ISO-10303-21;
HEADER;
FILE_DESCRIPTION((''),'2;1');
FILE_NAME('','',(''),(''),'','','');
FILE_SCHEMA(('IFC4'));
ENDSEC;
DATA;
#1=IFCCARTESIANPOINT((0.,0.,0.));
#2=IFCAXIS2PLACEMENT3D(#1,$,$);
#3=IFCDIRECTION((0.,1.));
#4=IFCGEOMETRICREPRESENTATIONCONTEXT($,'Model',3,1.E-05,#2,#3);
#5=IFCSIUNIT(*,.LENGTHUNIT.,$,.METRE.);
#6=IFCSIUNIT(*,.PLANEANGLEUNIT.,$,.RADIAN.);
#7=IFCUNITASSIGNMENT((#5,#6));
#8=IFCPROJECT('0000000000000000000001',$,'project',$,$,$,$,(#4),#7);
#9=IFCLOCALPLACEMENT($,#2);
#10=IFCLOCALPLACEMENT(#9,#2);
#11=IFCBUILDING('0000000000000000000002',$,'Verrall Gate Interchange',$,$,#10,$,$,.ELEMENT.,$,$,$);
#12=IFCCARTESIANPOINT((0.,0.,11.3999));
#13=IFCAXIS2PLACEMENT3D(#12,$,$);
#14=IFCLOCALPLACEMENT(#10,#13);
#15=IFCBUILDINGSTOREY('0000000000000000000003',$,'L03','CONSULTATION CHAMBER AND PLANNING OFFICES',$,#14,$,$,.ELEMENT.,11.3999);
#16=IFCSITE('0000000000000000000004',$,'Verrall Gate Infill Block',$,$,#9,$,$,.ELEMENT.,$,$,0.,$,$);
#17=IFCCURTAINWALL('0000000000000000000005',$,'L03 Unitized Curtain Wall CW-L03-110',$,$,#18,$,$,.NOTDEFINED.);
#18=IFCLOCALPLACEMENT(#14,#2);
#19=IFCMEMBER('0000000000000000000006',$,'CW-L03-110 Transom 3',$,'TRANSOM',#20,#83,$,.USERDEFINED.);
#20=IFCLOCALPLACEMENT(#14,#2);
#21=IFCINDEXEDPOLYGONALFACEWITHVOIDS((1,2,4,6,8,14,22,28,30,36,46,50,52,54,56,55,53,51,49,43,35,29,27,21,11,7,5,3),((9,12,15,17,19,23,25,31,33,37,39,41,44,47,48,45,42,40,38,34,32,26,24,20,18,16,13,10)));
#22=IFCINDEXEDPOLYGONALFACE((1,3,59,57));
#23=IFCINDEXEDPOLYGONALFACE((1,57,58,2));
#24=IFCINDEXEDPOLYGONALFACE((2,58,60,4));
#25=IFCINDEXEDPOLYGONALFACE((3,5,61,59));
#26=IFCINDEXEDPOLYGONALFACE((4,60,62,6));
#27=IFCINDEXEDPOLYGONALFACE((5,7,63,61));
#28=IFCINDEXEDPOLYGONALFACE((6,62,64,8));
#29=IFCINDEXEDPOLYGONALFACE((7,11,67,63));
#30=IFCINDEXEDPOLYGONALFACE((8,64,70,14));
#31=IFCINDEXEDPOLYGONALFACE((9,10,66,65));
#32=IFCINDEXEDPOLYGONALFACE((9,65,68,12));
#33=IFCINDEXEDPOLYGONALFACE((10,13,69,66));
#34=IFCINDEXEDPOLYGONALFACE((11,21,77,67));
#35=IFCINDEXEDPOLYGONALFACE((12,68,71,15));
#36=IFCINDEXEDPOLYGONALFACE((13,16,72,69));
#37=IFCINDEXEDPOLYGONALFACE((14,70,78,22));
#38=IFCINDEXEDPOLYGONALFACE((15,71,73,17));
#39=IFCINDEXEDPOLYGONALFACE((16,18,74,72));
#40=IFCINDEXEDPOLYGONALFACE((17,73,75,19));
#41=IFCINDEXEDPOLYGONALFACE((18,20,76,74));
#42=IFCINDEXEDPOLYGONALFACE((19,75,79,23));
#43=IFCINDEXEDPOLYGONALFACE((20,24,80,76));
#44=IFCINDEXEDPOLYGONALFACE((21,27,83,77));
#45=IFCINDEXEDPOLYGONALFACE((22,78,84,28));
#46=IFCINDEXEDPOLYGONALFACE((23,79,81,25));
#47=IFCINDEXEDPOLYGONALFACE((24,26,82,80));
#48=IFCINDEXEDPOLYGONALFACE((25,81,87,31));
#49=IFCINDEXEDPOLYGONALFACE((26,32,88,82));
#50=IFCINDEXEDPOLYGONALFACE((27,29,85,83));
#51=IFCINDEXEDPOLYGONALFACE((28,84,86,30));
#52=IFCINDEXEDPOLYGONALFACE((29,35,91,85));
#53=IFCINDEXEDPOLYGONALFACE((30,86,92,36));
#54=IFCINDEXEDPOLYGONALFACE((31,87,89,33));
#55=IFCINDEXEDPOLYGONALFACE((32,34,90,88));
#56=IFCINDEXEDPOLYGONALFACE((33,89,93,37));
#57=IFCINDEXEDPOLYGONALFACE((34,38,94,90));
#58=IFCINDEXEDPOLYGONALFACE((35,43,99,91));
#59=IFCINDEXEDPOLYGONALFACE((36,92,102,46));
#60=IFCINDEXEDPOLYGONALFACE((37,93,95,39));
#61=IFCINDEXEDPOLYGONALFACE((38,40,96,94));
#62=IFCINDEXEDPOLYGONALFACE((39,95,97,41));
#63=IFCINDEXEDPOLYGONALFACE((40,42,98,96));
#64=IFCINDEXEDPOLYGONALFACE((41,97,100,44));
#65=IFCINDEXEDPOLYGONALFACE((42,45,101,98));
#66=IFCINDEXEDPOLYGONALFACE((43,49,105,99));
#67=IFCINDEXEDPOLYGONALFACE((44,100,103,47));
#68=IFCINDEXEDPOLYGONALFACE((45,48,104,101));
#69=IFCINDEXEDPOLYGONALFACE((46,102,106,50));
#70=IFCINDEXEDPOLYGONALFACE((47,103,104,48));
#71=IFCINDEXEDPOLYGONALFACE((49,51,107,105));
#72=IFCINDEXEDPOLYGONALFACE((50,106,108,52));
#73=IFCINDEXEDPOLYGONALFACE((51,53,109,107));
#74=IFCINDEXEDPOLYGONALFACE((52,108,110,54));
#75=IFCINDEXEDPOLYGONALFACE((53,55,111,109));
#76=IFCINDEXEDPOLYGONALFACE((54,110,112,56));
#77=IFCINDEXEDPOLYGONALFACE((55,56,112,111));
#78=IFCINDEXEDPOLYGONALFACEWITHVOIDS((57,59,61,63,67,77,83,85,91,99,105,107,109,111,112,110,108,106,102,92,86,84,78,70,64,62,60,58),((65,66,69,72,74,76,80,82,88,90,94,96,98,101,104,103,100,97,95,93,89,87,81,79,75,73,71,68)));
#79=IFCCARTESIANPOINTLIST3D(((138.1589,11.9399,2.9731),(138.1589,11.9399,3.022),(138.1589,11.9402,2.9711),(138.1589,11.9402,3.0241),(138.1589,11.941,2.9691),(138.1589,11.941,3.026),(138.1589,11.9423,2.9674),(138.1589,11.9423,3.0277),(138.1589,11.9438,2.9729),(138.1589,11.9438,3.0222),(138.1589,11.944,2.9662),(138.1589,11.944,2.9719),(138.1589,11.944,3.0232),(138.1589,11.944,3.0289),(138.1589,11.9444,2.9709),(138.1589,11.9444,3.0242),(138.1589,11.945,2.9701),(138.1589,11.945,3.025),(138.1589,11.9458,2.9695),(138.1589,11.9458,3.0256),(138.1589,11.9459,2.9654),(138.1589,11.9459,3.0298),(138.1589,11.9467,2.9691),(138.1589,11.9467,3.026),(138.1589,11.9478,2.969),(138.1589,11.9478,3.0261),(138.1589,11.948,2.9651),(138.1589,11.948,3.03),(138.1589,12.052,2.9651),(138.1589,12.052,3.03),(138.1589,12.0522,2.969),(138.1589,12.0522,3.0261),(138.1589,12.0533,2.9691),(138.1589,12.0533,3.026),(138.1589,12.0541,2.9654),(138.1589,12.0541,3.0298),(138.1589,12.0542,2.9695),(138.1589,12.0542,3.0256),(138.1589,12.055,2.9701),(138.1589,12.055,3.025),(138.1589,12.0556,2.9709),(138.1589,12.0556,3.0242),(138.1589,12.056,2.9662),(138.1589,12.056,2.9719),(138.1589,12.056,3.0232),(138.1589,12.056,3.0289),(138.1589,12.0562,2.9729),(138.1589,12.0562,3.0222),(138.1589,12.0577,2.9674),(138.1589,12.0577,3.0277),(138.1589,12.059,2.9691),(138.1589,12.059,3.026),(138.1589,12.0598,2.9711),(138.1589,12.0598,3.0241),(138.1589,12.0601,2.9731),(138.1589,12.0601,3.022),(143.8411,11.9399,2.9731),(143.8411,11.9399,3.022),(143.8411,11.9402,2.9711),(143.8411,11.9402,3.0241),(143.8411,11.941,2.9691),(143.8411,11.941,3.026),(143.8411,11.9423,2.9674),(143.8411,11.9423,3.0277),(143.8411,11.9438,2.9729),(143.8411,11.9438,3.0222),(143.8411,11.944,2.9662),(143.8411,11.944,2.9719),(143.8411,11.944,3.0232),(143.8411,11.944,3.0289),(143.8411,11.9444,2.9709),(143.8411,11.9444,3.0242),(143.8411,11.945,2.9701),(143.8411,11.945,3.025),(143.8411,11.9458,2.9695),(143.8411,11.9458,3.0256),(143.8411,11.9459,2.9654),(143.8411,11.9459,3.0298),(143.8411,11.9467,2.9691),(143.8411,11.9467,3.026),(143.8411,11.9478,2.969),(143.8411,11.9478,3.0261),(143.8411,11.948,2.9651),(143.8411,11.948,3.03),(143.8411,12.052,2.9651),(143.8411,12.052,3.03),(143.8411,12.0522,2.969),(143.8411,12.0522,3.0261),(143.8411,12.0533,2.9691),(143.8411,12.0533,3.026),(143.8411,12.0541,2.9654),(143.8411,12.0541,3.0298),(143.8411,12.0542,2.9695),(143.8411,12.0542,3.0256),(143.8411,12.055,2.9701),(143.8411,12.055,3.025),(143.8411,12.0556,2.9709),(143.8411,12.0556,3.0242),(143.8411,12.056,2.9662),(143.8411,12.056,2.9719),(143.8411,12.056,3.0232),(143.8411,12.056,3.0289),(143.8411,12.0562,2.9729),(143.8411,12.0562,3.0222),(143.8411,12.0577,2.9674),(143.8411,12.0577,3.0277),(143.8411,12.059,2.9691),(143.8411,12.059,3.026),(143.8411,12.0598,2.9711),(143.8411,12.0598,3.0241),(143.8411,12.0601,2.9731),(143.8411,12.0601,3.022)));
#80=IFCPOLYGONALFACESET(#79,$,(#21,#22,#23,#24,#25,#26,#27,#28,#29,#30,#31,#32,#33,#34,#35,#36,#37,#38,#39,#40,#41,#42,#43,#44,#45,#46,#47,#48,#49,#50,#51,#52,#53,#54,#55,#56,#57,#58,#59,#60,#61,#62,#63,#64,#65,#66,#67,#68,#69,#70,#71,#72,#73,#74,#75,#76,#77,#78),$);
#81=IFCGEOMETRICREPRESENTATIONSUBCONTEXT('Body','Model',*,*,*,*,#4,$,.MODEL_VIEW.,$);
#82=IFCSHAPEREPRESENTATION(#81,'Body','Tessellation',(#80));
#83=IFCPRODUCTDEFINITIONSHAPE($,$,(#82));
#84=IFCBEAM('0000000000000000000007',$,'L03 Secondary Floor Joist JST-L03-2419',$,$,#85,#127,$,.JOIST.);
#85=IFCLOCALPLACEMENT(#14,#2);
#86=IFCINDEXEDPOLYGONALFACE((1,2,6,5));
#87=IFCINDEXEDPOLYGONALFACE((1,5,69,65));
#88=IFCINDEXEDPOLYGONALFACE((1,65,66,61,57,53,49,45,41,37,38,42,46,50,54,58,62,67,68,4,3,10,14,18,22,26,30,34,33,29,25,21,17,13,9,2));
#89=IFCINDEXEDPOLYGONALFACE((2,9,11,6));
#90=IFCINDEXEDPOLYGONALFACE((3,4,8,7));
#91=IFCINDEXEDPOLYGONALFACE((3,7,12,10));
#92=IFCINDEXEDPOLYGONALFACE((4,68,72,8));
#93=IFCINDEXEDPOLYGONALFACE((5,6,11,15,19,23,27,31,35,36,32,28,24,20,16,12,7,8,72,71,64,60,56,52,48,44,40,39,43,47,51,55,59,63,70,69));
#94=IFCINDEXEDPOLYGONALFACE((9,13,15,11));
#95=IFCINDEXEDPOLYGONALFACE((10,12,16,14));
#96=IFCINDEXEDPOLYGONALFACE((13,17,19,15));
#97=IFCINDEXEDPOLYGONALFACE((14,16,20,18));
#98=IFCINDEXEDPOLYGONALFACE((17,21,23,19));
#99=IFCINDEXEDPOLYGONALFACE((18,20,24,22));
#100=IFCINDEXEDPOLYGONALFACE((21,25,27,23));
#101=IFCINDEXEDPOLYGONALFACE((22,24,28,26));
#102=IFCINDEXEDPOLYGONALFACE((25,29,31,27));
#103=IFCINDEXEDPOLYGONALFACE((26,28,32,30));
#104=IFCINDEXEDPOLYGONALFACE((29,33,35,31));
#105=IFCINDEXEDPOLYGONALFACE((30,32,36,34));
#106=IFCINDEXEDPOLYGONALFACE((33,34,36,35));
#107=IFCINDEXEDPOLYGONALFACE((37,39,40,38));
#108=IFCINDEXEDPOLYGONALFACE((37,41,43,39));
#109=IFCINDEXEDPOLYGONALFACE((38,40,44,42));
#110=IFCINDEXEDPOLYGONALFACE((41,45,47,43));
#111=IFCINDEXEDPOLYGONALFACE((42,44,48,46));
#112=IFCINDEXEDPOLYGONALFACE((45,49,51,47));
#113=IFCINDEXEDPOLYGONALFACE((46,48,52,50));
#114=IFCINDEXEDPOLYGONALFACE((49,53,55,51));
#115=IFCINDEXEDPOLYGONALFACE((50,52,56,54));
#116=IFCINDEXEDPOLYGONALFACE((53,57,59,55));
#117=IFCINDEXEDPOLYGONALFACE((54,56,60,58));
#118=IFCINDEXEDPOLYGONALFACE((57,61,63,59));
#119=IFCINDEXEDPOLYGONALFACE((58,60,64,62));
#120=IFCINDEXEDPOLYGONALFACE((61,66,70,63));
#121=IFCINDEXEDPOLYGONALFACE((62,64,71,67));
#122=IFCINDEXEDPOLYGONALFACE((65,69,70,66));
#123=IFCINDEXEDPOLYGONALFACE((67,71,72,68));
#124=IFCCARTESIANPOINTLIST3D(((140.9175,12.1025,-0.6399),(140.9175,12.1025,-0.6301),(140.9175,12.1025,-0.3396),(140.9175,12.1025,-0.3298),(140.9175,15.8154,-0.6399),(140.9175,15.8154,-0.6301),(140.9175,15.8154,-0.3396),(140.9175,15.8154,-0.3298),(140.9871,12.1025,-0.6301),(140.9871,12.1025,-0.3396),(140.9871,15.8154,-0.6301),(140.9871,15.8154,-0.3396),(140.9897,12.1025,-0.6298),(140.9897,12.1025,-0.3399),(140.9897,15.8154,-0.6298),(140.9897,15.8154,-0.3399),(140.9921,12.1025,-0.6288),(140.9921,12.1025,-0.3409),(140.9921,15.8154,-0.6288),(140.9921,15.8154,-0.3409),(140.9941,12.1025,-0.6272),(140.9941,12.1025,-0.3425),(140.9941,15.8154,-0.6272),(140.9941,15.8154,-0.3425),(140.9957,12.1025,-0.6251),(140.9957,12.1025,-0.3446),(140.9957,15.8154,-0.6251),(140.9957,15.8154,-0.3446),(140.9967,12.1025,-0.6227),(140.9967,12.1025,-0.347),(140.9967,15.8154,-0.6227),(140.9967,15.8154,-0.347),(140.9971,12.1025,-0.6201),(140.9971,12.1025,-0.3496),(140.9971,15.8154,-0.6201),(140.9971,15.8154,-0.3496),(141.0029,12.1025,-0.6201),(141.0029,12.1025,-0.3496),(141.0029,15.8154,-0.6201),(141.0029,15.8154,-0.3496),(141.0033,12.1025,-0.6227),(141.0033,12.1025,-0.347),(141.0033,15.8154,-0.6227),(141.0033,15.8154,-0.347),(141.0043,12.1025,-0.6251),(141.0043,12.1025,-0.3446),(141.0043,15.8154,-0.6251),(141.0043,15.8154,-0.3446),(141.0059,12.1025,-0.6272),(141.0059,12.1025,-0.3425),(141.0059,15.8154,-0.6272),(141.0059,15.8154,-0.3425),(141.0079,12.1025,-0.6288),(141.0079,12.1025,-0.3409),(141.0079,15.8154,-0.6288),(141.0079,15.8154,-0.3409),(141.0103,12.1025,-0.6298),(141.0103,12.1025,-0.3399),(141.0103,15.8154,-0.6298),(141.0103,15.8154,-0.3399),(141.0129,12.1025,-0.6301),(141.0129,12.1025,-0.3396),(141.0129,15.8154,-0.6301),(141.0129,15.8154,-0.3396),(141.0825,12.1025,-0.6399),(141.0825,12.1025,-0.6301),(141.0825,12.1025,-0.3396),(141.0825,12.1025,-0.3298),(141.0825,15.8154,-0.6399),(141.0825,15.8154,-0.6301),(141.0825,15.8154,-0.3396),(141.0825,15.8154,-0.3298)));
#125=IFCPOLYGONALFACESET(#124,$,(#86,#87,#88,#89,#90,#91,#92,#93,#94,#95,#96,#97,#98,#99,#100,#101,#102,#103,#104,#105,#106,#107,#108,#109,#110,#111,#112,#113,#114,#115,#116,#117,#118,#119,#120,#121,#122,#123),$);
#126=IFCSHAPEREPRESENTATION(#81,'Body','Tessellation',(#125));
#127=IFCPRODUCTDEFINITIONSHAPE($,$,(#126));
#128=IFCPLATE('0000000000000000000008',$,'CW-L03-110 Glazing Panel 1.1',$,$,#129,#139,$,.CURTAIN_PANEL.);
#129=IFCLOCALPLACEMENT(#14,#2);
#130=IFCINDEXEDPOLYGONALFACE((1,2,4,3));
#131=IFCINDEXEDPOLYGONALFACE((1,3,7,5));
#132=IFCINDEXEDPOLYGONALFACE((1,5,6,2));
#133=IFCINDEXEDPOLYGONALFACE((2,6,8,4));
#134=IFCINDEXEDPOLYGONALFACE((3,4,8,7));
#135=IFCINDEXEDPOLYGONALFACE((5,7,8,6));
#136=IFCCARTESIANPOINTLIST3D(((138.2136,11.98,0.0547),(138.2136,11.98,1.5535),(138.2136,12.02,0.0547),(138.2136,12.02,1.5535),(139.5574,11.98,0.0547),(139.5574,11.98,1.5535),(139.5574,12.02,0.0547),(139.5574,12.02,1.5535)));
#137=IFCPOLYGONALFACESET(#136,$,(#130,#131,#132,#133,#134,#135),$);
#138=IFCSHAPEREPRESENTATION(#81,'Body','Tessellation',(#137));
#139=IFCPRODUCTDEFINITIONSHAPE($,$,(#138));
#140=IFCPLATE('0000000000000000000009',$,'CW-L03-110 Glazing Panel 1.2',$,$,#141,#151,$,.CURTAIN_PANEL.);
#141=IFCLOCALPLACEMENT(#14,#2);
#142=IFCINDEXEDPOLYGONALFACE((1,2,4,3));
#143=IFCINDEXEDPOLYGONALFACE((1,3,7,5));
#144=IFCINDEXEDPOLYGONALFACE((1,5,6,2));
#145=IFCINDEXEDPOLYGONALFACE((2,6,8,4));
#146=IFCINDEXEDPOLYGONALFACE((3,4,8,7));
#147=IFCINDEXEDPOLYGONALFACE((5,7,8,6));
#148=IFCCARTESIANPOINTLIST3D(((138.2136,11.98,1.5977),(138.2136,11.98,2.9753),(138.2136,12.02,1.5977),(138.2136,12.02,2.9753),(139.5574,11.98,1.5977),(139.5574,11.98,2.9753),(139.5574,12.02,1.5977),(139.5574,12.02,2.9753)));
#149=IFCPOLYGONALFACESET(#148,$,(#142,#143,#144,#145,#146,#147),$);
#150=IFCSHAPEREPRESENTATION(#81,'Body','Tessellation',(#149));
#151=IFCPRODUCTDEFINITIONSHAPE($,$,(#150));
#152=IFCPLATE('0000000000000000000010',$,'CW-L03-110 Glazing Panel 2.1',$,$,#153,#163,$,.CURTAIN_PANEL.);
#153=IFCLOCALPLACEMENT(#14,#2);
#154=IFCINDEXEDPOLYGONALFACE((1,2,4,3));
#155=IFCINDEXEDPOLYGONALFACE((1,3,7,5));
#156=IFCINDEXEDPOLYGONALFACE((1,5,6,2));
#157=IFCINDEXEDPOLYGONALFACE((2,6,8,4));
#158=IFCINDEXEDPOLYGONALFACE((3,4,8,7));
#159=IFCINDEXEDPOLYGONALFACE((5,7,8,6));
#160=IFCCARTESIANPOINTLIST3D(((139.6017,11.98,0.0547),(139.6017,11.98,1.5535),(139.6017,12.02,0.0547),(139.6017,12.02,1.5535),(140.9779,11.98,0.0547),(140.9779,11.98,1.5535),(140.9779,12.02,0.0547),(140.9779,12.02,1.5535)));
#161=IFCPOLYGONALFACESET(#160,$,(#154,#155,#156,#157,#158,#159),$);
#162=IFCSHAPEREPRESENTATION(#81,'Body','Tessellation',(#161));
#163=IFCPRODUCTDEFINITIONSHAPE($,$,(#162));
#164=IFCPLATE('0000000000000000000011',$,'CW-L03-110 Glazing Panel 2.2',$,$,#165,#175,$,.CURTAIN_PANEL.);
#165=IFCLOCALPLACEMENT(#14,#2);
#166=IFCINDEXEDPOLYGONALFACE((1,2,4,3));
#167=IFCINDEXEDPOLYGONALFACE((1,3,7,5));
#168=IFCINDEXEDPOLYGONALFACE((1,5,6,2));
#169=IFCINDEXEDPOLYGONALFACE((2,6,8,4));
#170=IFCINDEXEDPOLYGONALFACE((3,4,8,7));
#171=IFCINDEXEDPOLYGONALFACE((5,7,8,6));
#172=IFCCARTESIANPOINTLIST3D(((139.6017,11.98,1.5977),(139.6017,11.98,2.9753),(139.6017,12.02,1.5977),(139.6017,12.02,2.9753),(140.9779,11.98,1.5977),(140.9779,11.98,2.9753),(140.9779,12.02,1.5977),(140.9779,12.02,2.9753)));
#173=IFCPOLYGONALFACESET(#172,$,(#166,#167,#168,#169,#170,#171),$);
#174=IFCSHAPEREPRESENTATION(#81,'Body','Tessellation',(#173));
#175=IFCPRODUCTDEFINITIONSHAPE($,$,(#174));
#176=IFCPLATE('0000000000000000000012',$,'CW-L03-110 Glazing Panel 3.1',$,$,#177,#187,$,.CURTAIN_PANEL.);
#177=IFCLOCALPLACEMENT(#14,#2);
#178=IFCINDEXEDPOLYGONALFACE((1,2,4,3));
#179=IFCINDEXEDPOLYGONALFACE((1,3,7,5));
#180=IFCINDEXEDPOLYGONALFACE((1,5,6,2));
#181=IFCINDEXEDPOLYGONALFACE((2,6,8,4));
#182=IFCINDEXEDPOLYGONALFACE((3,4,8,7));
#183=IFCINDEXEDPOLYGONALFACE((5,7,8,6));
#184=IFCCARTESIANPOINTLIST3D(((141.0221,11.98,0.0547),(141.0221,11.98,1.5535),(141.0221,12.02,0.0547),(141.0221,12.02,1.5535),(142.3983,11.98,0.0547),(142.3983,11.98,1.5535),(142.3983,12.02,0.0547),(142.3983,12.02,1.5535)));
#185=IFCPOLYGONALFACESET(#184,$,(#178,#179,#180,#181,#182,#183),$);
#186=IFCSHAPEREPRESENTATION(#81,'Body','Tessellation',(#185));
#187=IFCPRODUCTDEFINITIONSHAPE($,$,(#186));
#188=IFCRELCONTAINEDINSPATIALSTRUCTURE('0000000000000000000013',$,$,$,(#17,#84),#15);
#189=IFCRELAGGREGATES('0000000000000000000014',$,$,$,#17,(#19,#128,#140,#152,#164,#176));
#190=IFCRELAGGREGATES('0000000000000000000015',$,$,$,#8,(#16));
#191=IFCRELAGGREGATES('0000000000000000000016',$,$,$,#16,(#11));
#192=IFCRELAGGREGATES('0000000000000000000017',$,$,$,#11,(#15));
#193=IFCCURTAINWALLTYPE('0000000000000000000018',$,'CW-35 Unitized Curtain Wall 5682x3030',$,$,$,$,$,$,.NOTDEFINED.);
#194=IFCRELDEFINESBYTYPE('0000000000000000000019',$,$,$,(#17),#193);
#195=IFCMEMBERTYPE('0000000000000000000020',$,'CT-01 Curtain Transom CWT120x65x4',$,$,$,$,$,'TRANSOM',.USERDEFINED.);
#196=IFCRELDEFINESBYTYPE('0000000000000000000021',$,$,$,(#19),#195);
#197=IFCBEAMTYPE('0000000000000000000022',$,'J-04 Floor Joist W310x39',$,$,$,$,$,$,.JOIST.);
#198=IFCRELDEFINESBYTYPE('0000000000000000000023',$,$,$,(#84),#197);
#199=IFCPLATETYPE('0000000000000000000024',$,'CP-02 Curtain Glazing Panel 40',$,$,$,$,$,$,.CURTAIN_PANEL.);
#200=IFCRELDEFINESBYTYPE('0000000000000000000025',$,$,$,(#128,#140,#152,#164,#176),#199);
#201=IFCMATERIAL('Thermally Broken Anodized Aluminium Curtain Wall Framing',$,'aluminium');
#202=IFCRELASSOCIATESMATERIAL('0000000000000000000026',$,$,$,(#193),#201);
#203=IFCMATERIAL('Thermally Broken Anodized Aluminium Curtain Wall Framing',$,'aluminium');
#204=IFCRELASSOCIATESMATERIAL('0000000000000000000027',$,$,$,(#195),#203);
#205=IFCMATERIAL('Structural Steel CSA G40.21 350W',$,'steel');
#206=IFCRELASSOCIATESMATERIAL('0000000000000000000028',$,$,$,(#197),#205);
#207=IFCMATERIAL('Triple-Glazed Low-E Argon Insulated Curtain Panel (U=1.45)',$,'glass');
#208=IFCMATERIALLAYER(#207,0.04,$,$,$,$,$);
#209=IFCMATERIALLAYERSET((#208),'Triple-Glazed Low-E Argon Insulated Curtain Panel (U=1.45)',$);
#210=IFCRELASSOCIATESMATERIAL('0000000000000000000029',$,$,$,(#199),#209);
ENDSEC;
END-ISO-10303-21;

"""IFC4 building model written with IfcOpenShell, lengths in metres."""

from ifc_helpers import new_model, si_unit, direction, frame, origin, origin_2d, place, context, subcontext, project, spatial, rectangle, hollow_rectangle, i_section, extrude, material, layer, layer_set, material_profile, profile_set, type_object, element, aggregate, save


model = new_model("IFC4")

# Units and contexts
model_context = context("Model", 3, precision=1e-05, world=origin(), true_north=direction((0.0, 1.0)))
body_context = subcontext(model_context, "Body", "Model", "MODEL_VIEW")
ifc_project = project(units=[si_unit("LENGTHUNIT", "METRE"), si_unit("PLANEANGLEUNIT", "RADIAN")], contexts=[model_context])

# Site, building, storey
site_placement = place(None, origin())
site = spatial("IfcSite", under=ifc_project, at=site_placement, Name="Verrall Gate Infill Block", CompositionType="ELEMENT", RefElevation=0.0)
building_placement = place(site_placement, origin())
building = spatial("IfcBuilding", under=site, at=building_placement, Name="Verrall Gate Interchange", CompositionType="ELEMENT")
storey_placement = place(building_placement, frame((0.0, 0.0, 11.3999)))
storey = spatial("IfcBuildingStorey", under=building, at=storey_placement, Name="L03", Description="CONSULTATION CHAMBER AND PLANNING OFFICES", CompositionType="ELEMENT", Elevation=11.3999)

# Curtain wall, member
ifc_material_1 = material(Name="Thermally Broken Anodized Aluminium Curtain Wall Framing", Category="aluminium")
curtain_wall_type = type_object("IfcCurtainWallType", Name="CW-35 Unitized Curtain Wall 5682x3030", PredefinedType="NOTDEFINED", material=ifc_material_1)
curtain_wall_placement = place(storey_placement, origin())
curtain_wall = element("IfcCurtainWall", 1, at=curtain_wall_placement, inside=storey, type_object=curtain_wall_type, Name="L03 Unitized Curtain Wall CW-L03-110", PredefinedType="NOTDEFINED")
ifc_material_2 = material(Name="Thermally Broken Anodized Aluminium Curtain Wall Framing", Category="aluminium")
ifc_material_profile_1 = material_profile(ifc_material_2, hollow_rectangle(XDim=0.1201, YDim=0.0649, WallThickness=0.0039, InnerFilletRadius=0.0039, OuterFilletRadius=0.0081, at=origin_2d()), Name="CWT120x65x4")
ifc_profile_set_1 = profile_set([ifc_material_profile_1], Name="Thermally Broken Anodized Aluminium Curtain Wall Framing")
member_type_1 = type_object("IfcMemberType", Name="CT-01 Curtain Transom CWT120x65x4", ElementType="TRANSOM", PredefinedType="USERDEFINED", material=ifc_profile_set_1)
member_1_placement = place(storey_placement, frame((138.1589, 12.0, 2.9976), z_axis=(1.0, 0.0, 0.0), x_axis=(0.0, 1.0, 0.0)))
member_1 = element("IfcMember", 2, at=member_1_placement, type_object=member_type_1, Name="CW-L03-110 Transom 3", ObjectType="TRANSOM", PredefinedType="USERDEFINED", context=body_context, shape_type="SweptSolid", body=[
    extrude(hollow_rectangle(XDim=0.1201, YDim=0.0649, WallThickness=0.0039, InnerFilletRadius=0.0039, OuterFilletRadius=0.0081, at=origin_2d()), origin(), (0.0, 0.0, 1.0), 5.6821),
])

# Beam
ifc_material_3 = material(Name="Structural Steel CSA G40.21 350W", Category="steel")
ifc_material_profile_2 = material_profile(ifc_material_3, i_section(OverallWidth=0.165, OverallDepth=0.3101, WebThickness=0.0059, FlangeThickness=0.0098, FilletRadius=0.01, at=origin_2d()), Name="W310x39")
ifc_profile_set_2 = profile_set([ifc_material_profile_2], Name="Structural Steel CSA G40.21 350W")
beam_type_1 = type_object("IfcBeamType", Name="J-04 Floor Joist W310x39", PredefinedType="JOIST", material=ifc_profile_set_2)
beam_1_placement = place(storey_placement, frame((141.0, 12.1025, -0.4849), z_axis=(0.0, 1.0, 0.0), x_axis=(-1.0, 0.0, 0.0)))
element("IfcBeam", 3, at=beam_1_placement, inside=storey, type_object=beam_type_1, Name="L03 Secondary Floor Joist JST-L03-2419", PredefinedType="JOIST", context=body_context, shape_type="SweptSolid", body=[
    extrude(i_section(OverallWidth=0.165, OverallDepth=0.3101, WebThickness=0.0059, FlangeThickness=0.0098, FilletRadius=0.01, at=origin_2d()), origin(), (0.0, 0.0, 1.0), 3.7129),
])

# Plates
ifc_material_4 = material(Name="Triple-Glazed Low-E Argon Insulated Curtain Panel (U=1.45)", Category="glass")
ifc_layer_1 = layer(ifc_material_4, 0.04)
ifc_layer_set_1 = layer_set([ifc_layer_1], Name="Triple-Glazed Low-E Argon Insulated Curtain Panel (U=1.45)")
plate_type = type_object("IfcPlateType", Name="CP-02 Curtain Glazing Panel 40", PredefinedType="CURTAIN_PANEL", material=ifc_layer_set_1)
plate_1_placement = place(storey_placement, frame((138.8855, 12.0, 0.0547), z_axis=(0.0, 0.0, 1.0), x_axis=(1.0, 0.0, 0.0)))
plate_1 = element("IfcPlate", 4, at=plate_1_placement, type_object=plate_type, Name="CW-L03-110 Glazing Panel 1.1", PredefinedType="CURTAIN_PANEL", context=body_context, shape_type="SweptSolid", body=[
    extrude(rectangle(XDim=1.3438, YDim=0.04, at=origin_2d()), origin(), (0.0, 0.0, 1.0), 1.4988),
])
plate_2_placement = place(storey_placement, frame((138.8855, 12.0, 1.5977), z_axis=(0.0, 0.0, 1.0), x_axis=(1.0, 0.0, 0.0)))
plate_2 = element("IfcPlate", 5, at=plate_2_placement, type_object=plate_type, Name="CW-L03-110 Glazing Panel 1.2", PredefinedType="CURTAIN_PANEL", context=body_context, shape_type="SweptSolid", body=[
    extrude(rectangle(XDim=1.3438, YDim=0.04, at=origin_2d()), origin(), (0.0, 0.0, 1.0), 1.3777),
])
plate_3_placement = place(storey_placement, frame((140.2898, 12.0, 0.0547), z_axis=(0.0, 0.0, 1.0), x_axis=(1.0, 0.0, 0.0)))
plate_3 = element("IfcPlate", 6, at=plate_3_placement, type_object=plate_type, Name="CW-L03-110 Glazing Panel 2.1", PredefinedType="CURTAIN_PANEL", context=body_context, shape_type="SweptSolid", body=[
    extrude(rectangle(XDim=1.3762, YDim=0.04, at=origin_2d()), origin(), (0.0, 0.0, 1.0), 1.4988),
])
plate_4_placement = place(storey_placement, frame((140.2898, 12.0, 1.5977), z_axis=(0.0, 0.0, 1.0), x_axis=(1.0, 0.0, 0.0)))
plate_4 = element("IfcPlate", 7, at=plate_4_placement, type_object=plate_type, Name="CW-L03-110 Glazing Panel 2.2", PredefinedType="CURTAIN_PANEL", context=body_context, shape_type="SweptSolid", body=[
    extrude(rectangle(XDim=1.3762, YDim=0.04, at=origin_2d()), origin(), (0.0, 0.0, 1.0), 1.3777),
])
plate_5_placement = place(storey_placement, frame((141.7102, 12.0, 0.0547), z_axis=(0.0, 0.0, 1.0), x_axis=(1.0, 0.0, 0.0)))
plate_5 = element("IfcPlate", 8, at=plate_5_placement, type_object=plate_type, Name="CW-L03-110 Glazing Panel 3.1", PredefinedType="CURTAIN_PANEL", context=body_context, shape_type="SweptSolid", body=[
    extrude(rectangle(XDim=1.3762, YDim=0.04, at=origin_2d()), origin(), (0.0, 0.0, 1.0), 1.4988),
])
aggregate(curtain_wall, [member_1, plate_1, plate_2, plate_3, plate_4, plate_5])

save(model, "model.ifc")
